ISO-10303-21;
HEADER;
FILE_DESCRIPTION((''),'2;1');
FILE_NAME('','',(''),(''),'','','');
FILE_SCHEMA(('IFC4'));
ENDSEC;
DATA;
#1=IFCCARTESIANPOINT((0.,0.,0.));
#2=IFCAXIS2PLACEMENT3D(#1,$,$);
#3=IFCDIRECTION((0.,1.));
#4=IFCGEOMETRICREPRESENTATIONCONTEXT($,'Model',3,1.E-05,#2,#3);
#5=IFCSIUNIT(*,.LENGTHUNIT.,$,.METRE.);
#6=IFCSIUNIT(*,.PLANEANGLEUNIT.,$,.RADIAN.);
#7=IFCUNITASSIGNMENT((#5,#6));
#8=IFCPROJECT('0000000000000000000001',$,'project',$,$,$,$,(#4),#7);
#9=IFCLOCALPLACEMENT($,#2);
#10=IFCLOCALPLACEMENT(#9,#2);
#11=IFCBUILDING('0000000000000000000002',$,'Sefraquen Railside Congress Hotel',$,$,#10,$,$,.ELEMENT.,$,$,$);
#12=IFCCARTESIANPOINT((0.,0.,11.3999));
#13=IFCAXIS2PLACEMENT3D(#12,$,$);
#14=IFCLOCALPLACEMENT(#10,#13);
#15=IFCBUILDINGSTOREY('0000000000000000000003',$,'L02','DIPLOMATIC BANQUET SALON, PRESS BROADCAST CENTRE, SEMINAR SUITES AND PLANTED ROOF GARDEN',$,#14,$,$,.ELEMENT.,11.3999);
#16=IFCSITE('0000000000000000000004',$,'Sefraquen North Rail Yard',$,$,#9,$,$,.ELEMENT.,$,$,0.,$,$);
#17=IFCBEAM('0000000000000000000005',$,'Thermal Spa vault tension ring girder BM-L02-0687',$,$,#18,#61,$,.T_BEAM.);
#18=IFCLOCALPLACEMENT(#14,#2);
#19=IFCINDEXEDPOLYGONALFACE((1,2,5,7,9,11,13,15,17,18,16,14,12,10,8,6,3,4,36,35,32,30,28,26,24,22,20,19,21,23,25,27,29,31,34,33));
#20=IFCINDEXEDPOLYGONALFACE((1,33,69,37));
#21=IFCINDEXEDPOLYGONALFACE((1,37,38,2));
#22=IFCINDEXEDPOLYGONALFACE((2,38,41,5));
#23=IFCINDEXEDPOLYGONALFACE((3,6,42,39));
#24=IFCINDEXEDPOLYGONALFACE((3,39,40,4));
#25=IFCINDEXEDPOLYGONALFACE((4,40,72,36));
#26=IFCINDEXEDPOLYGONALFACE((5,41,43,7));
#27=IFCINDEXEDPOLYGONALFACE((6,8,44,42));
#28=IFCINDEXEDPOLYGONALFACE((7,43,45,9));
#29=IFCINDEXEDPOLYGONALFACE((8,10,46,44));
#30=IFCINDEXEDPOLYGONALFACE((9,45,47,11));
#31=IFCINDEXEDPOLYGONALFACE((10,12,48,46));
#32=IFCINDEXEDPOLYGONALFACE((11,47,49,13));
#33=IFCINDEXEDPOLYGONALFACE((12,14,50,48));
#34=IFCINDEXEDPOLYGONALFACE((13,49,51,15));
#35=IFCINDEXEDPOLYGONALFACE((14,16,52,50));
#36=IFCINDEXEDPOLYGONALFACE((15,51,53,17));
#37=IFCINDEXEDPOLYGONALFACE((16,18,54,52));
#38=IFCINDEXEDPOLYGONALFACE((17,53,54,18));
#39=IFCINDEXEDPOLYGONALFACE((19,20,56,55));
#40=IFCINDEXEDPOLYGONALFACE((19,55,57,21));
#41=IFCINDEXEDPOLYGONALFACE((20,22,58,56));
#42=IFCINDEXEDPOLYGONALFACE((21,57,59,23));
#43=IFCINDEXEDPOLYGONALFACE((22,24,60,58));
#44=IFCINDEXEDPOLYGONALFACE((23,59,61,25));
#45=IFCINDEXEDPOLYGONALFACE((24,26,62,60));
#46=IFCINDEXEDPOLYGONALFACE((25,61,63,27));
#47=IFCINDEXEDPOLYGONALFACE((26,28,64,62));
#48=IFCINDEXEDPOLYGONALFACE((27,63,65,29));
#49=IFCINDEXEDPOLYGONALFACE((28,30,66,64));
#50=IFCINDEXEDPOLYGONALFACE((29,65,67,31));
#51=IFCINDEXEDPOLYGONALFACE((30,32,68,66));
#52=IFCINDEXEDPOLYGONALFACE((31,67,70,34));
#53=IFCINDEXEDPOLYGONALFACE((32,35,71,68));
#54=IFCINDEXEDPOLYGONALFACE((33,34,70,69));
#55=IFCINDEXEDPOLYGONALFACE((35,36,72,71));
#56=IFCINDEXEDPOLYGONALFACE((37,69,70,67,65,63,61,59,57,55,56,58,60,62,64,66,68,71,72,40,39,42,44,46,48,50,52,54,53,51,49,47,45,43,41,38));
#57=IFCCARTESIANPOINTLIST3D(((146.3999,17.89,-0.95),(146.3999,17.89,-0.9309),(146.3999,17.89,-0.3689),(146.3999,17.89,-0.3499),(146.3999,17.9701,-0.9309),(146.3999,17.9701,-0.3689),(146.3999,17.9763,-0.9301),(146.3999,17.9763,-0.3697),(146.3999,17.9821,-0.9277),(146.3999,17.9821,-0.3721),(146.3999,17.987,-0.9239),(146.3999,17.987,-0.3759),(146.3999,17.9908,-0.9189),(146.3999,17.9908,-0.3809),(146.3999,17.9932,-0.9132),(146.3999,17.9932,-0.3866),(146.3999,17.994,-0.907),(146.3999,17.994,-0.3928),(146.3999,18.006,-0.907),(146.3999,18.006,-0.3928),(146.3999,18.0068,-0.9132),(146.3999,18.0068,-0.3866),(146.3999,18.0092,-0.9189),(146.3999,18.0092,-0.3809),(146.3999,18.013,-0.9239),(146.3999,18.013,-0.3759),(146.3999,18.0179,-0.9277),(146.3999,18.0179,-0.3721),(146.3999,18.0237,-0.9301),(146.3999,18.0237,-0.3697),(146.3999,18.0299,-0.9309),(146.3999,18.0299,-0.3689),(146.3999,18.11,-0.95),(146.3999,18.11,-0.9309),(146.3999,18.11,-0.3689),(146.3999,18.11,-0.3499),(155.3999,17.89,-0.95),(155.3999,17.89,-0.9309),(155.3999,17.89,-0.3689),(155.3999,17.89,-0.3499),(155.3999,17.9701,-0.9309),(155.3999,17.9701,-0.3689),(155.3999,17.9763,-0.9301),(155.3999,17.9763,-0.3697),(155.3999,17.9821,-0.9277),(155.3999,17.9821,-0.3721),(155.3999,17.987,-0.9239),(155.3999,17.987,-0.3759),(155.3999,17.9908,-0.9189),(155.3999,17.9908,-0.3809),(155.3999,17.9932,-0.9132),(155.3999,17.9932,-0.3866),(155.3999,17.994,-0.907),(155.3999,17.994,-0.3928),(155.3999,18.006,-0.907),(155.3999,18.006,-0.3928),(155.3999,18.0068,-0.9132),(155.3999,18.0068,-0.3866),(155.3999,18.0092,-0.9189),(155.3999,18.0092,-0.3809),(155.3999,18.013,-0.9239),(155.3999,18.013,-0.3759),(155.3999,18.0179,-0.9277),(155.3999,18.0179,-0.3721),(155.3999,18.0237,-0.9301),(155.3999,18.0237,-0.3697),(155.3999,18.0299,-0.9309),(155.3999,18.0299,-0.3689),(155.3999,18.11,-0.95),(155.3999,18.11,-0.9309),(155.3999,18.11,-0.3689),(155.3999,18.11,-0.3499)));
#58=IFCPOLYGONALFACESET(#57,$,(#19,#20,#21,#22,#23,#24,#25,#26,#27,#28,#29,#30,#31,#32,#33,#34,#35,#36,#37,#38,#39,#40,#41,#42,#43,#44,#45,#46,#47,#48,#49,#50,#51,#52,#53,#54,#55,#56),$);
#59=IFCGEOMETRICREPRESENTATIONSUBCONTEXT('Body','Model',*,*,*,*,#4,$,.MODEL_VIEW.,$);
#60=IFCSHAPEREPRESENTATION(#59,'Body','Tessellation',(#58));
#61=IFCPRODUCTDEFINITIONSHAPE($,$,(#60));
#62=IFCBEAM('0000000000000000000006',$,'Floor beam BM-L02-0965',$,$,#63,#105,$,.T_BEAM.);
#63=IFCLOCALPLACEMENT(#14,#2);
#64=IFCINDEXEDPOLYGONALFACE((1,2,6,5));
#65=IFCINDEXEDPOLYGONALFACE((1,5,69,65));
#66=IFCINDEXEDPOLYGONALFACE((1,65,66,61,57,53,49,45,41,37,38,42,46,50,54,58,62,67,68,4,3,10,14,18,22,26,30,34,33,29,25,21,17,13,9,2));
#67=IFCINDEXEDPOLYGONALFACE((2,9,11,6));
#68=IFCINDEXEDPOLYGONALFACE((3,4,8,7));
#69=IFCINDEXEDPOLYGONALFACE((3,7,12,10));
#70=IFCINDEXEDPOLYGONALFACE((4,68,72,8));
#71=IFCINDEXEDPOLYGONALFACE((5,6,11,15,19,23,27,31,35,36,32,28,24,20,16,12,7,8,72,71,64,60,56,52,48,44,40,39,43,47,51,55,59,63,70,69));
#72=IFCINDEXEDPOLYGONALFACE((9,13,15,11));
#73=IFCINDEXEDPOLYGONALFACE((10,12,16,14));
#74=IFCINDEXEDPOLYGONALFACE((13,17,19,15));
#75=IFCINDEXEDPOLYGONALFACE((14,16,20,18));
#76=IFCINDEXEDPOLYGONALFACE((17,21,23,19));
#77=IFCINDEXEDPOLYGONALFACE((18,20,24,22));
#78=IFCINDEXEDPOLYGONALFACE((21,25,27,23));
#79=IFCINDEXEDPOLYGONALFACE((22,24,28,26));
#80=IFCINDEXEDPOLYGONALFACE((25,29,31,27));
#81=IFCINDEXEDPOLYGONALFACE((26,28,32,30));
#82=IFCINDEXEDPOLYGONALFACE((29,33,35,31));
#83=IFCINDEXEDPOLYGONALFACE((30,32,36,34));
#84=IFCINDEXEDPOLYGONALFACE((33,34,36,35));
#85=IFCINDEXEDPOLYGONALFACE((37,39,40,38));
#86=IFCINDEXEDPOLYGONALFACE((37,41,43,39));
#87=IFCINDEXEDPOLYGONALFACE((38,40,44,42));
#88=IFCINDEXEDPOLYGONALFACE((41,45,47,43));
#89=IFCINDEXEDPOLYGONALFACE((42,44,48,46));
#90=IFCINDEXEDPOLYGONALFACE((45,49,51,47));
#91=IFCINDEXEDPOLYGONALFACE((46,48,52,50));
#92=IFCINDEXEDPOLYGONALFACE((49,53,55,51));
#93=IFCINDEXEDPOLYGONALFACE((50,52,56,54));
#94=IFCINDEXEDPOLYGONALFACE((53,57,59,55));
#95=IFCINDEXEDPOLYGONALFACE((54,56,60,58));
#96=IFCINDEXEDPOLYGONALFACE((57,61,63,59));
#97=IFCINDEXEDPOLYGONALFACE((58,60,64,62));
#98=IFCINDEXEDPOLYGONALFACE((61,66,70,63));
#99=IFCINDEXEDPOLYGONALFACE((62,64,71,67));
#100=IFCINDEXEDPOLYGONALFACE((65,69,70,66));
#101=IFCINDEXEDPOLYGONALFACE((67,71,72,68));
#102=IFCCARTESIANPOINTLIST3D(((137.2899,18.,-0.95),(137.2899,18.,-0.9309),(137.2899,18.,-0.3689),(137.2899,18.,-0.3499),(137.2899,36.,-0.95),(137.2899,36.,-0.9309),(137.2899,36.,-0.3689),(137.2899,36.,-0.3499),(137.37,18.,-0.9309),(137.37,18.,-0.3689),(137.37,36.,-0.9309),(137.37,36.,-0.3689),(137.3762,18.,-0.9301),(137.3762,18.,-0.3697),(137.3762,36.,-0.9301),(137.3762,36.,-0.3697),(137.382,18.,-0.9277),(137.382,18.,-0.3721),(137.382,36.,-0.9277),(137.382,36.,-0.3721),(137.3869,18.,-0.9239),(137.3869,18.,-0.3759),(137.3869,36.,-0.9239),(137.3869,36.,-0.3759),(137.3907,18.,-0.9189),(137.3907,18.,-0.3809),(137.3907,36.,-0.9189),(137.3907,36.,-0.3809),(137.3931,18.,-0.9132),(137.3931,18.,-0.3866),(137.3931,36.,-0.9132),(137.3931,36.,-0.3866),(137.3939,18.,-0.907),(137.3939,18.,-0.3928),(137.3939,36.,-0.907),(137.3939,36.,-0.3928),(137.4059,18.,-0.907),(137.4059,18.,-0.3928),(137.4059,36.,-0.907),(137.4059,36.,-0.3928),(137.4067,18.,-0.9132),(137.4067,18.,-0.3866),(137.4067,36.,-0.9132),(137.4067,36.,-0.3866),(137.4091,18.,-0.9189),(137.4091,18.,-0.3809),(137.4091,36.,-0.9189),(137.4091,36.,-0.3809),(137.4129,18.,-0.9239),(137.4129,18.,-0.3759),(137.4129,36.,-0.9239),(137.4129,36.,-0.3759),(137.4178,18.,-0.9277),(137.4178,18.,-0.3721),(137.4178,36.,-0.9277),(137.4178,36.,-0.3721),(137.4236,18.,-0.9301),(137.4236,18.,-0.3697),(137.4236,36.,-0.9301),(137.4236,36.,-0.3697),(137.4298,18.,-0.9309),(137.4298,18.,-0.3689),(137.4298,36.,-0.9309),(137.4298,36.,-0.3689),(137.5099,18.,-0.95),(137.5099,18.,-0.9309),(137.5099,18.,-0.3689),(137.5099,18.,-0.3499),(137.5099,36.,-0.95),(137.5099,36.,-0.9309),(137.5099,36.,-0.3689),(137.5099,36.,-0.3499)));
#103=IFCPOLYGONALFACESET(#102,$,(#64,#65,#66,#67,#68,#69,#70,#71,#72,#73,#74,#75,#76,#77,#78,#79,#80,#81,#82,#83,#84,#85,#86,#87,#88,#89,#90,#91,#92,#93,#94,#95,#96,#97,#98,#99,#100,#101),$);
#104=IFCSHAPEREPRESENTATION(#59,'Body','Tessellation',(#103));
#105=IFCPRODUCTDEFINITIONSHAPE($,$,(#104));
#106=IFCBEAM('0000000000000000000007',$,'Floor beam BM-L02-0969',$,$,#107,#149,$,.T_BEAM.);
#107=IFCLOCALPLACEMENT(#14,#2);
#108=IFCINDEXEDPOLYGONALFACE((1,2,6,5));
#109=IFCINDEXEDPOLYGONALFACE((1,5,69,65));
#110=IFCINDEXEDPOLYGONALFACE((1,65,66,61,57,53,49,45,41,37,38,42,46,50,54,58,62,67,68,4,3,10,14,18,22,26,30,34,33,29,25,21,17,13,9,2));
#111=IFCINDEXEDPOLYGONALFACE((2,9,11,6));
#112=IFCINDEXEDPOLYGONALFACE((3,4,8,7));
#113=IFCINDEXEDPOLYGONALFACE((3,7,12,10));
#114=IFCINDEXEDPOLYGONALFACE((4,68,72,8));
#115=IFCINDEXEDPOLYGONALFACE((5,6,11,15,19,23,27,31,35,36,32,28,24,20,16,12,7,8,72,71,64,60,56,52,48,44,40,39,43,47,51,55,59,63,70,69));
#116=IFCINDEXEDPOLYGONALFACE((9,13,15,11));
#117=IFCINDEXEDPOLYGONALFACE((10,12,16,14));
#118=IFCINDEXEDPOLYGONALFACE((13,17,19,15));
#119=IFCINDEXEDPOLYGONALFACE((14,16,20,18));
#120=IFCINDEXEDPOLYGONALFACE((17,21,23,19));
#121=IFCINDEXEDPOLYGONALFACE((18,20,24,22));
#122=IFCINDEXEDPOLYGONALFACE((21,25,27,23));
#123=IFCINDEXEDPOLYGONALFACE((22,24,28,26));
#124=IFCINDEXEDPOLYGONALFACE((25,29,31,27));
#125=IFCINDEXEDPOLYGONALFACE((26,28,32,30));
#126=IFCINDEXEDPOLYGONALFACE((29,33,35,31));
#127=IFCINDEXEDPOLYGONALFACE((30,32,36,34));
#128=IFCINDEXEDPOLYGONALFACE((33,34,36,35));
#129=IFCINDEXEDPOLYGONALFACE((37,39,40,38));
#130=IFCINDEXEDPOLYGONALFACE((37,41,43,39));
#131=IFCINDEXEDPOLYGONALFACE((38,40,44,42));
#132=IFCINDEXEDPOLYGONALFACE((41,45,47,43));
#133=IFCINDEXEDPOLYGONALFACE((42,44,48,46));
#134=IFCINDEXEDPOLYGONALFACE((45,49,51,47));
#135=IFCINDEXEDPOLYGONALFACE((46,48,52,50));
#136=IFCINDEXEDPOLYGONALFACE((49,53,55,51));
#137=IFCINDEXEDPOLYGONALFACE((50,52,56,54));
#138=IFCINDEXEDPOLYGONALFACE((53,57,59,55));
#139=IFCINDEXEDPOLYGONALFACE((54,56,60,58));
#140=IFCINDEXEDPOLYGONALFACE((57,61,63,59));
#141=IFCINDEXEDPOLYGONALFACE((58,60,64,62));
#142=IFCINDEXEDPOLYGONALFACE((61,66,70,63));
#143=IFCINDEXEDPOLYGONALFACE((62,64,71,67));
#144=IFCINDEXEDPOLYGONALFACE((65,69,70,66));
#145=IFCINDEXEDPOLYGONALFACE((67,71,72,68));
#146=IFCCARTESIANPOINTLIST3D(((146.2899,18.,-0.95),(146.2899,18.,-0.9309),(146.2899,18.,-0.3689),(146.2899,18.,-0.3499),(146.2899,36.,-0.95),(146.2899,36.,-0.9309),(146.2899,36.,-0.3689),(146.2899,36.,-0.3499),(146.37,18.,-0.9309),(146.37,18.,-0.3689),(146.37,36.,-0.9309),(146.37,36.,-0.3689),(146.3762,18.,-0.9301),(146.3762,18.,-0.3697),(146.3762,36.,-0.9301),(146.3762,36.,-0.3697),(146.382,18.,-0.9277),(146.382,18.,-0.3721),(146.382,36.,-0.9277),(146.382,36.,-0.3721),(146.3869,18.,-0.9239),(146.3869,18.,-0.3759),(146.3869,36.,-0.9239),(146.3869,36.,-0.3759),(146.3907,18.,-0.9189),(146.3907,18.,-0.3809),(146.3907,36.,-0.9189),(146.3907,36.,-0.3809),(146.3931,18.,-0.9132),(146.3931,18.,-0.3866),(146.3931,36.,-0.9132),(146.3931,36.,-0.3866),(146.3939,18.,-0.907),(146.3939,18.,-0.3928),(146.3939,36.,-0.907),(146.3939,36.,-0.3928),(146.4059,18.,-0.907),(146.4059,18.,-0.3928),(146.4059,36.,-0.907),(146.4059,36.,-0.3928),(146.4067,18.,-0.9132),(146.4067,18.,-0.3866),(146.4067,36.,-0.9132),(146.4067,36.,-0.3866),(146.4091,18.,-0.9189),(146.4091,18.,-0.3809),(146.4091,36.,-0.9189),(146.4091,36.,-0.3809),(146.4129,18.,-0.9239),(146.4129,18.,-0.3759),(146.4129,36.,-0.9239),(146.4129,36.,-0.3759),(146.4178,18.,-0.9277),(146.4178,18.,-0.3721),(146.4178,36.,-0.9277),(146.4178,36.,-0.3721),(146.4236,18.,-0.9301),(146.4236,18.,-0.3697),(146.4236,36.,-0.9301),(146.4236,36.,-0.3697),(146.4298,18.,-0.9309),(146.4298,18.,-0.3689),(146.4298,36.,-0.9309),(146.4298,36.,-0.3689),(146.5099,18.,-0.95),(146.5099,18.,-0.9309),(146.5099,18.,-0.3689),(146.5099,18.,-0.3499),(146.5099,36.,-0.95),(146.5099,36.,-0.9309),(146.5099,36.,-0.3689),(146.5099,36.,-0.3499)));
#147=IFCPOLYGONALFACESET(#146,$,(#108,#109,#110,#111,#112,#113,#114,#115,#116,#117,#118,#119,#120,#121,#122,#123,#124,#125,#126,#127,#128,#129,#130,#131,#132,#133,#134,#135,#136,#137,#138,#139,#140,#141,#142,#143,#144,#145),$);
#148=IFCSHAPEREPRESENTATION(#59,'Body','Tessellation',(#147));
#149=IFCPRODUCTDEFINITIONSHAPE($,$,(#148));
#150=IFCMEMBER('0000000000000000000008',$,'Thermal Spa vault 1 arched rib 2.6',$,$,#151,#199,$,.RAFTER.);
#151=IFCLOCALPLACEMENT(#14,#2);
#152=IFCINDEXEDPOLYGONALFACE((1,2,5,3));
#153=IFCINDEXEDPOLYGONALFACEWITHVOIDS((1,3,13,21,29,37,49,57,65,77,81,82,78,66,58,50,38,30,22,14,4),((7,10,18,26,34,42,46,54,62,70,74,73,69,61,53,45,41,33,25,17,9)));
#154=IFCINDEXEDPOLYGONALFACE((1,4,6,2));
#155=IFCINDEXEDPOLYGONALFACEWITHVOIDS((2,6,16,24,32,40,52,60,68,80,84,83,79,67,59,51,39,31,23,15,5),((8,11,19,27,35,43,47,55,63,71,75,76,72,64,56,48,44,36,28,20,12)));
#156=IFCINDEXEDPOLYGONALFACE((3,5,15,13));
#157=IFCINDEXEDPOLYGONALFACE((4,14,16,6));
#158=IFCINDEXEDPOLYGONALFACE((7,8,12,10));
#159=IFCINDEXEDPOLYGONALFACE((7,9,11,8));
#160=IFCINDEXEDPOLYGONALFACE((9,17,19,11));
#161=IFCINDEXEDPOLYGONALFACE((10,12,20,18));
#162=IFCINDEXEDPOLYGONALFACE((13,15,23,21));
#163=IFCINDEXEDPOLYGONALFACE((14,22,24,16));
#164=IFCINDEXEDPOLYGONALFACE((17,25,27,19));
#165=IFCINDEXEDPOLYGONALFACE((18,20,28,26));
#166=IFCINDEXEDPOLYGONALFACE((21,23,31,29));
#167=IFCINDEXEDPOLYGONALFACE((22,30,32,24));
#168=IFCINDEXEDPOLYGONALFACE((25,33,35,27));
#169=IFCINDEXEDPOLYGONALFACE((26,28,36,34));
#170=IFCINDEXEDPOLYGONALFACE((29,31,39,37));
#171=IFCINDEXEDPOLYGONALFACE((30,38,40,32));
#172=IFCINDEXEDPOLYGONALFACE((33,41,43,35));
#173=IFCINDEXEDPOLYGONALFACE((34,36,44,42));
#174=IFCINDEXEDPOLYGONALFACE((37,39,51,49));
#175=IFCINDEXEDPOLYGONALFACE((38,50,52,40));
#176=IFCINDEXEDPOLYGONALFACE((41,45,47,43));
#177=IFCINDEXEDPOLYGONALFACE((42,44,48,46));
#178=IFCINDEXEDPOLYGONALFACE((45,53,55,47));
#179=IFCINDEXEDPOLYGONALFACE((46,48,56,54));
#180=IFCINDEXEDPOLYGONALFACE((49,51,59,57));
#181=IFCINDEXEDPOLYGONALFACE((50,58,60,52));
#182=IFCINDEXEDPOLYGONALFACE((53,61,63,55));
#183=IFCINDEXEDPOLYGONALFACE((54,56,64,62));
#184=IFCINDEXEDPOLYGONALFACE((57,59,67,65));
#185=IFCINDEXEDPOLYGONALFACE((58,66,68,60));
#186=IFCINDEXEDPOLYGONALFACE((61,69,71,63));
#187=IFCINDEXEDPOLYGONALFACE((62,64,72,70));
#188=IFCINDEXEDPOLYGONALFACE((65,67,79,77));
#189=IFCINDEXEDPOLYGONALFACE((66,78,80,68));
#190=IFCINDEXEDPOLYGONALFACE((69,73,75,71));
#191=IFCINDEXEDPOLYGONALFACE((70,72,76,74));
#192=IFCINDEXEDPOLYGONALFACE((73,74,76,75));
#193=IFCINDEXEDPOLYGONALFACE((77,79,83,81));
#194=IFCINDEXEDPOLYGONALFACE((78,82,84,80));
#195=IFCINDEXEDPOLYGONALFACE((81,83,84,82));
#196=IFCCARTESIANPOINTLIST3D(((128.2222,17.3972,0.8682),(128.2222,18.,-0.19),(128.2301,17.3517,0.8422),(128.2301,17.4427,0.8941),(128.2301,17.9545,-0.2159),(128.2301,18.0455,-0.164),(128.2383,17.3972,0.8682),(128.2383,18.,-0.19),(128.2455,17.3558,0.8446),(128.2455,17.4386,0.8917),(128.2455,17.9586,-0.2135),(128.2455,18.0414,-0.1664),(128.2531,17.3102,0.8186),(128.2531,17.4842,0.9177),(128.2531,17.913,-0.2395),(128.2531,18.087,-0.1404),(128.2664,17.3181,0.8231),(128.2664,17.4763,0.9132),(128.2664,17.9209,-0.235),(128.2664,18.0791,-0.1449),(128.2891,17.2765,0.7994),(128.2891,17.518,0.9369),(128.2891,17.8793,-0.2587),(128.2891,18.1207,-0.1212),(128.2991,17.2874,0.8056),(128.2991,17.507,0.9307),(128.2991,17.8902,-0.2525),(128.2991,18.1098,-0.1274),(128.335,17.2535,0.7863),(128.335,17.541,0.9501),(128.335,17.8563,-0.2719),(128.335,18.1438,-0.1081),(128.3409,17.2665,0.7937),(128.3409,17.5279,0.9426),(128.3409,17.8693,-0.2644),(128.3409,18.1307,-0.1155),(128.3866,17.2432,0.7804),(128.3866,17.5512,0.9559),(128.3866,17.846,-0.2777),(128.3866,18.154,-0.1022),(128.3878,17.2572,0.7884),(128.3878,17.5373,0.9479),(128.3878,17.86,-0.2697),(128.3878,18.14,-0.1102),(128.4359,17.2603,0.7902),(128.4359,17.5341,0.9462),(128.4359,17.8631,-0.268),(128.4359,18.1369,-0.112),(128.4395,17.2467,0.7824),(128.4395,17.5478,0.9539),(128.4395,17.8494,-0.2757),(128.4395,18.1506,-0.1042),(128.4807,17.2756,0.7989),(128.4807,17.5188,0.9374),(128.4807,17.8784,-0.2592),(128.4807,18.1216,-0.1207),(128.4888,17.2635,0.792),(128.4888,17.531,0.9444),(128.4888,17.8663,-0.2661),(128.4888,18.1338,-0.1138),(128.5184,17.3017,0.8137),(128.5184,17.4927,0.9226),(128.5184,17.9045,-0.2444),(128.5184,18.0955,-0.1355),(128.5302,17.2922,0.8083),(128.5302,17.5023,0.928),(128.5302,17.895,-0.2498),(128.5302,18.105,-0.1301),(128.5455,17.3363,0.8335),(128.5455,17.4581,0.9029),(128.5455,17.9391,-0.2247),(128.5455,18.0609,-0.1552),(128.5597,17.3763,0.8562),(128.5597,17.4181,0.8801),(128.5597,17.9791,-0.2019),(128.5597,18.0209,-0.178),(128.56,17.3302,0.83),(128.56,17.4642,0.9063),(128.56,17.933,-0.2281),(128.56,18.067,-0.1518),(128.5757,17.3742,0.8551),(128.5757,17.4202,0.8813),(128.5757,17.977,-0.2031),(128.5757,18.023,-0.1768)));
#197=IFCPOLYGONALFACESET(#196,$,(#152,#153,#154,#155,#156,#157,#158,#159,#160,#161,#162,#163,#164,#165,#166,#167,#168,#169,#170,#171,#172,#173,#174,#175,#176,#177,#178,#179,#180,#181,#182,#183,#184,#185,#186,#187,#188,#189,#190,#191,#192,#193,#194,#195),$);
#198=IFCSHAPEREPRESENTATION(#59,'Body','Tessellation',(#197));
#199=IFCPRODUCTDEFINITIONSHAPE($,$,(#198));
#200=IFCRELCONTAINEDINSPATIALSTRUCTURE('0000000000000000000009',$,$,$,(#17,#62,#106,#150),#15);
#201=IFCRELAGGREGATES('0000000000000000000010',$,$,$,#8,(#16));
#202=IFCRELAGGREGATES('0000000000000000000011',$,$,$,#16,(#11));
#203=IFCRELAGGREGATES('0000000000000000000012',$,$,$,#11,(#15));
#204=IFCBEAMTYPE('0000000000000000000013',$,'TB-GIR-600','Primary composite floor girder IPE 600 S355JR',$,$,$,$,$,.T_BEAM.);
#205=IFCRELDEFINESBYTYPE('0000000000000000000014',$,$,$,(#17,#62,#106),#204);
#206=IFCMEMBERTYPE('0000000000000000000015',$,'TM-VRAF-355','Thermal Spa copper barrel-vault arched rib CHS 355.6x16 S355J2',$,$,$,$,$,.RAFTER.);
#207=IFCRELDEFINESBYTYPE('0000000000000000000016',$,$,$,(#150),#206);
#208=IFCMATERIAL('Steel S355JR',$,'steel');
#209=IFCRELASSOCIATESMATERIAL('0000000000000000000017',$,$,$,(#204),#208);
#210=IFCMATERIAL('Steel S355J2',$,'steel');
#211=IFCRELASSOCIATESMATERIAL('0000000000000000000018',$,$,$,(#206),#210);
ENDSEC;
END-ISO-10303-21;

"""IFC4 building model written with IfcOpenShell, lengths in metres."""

from ifc_helpers import new_model, si_unit, direction, frame, origin, origin_2d, place, context, subcontext, project, spatial, hollow_circle, i_section, extrude, material, material_profile, profile_set, type_object, element, save


model = new_model("IFC4")

# Units and contexts
model_context = context("Model", 3, precision=1e-05, world=origin(), true_north=direction((0.0, 1.0)))
body_context = subcontext(model_context, "Body", "Model", "MODEL_VIEW")
ifc_project = project(units=[si_unit("LENGTHUNIT", "METRE"), si_unit("PLANEANGLEUNIT", "RADIAN")], contexts=[model_context])

# Site, building, storey
site_placement = place(None, origin())
site = spatial("IfcSite", under=ifc_project, at=site_placement, Name="Sefraquen North Rail Yard", CompositionType="ELEMENT", RefElevation=0.0)
building_placement = place(site_placement, origin())
building = spatial("IfcBuilding", under=site, at=building_placement, Name="Sefraquen Railside Congress Hotel", CompositionType="ELEMENT")
storey_placement = place(building_placement, frame((0.0, 0.0, 11.3999)))
storey = spatial("IfcBuildingStorey", under=building, at=storey_placement, Name="L02", Description="DIPLOMATIC BANQUET SALON, PRESS BROADCAST CENTRE, SEMINAR SUITES AND PLANTED ROOF GARDEN", CompositionType="ELEMENT", Elevation=11.3999)

# Beams
ifc_material_1 = material(Name="Steel S355JR", Category="steel")
ifc_material_profile_1 = material_profile(ifc_material_1, i_section(OverallWidth=0.22, OverallDepth=0.6001, WebThickness=0.012, FlangeThickness=0.019, FilletRadius=0.0239, at=origin_2d()), Name="IPE 600")
ifc_profile_set_1 = profile_set([ifc_material_profile_1], Name="Steel S355JR")
beam_type_1 = type_object("IfcBeamType", Name="TB-GIR-600", Description="Primary composite floor girder IPE 600 S355JR", PredefinedType="T_BEAM", material=ifc_profile_set_1)
for number, where, z_axis, x_axis, name in (
    (1, (146.3999, 18.0, -0.6499), (1.0, 0.0, 0.0), (0.0, 1.0, 0.0), "Thermal Spa vault tension ring girder BM-L02-0687"),
):
    element("IfcBeam", number, at=place(storey_placement, frame(where, z_axis=z_axis, x_axis=x_axis)), inside=storey, type_object=beam_type_1, Name=name, PredefinedType="T_BEAM", context=body_context, shape_type="SweptSolid", body=[
        extrude(i_section(OverallWidth=0.22, OverallDepth=0.6001, WebThickness=0.012, FlangeThickness=0.019, FilletRadius=0.0239, at=origin_2d()), origin(), (0.0, 0.0, 1.0), 9.0),
    ])
for number, where, z_axis, x_axis, name in (
    (2, (137.3999, 18.0, -0.6499), (0.0, 1.0, 0.0), (-1.0, 0.0, 0.0), "Floor beam BM-L02-0965"),
    (3, (146.3999, 18.0, -0.6499), (0.0, 1.0, 0.0), (-1.0, 0.0, 0.0), "Floor beam BM-L02-0969"),
):
    element("IfcBeam", number, at=place(storey_placement, frame(where, z_axis=z_axis, x_axis=x_axis)), inside=storey, type_object=beam_type_1, Name=name, PredefinedType="T_BEAM", context=body_context, shape_type="SweptSolid", body=[
        extrude(i_section(OverallWidth=0.22, OverallDepth=0.6001, WebThickness=0.012, FlangeThickness=0.019, FilletRadius=0.0239, at=origin_2d()), origin(), (0.0, 0.0, 1.0), 18.0),
    ])

# Member
ifc_material_2 = material(Name="Steel S355J2", Category="steel")
ifc_material_profile_2 = material_profile(ifc_material_2, hollow_circle(Radius=0.1777, WallThickness=0.0161, at=origin_2d()), Name="CHS 355.6x16")
ifc_profile_set_2 = profile_set([ifc_material_profile_2], Name="Steel S355J2")
member_type = type_object("IfcMemberType", Name="TM-VRAF-355", Description="Thermal Spa copper barrel-vault arched rib CHS 355.6x16 S355J2", PredefinedType="RAFTER", material=ifc_profile_set_2)
for number, where, z_axis, x_axis, name in (
    (4, (128.3999, 17.3972, 0.8682), (0.0, 0.494994, -0.868896), (-1.0, 0.0, 0.0), "Thermal Spa vault 1 arched rib 2.6"),
):
    element("IfcMember", number, at=place(storey_placement, frame(where, z_axis=z_axis, x_axis=x_axis)), inside=storey, type_object=member_type, Name=name, PredefinedType="RAFTER", context=body_context, shape_type="SweptSolid", body=[
        extrude(hollow_circle(Radius=0.1777, WallThickness=0.0161, at=origin_2d()), origin(), (0.0, 0.0, 1.0), 1.2178),
    ])

save(model, "model.ifc")
